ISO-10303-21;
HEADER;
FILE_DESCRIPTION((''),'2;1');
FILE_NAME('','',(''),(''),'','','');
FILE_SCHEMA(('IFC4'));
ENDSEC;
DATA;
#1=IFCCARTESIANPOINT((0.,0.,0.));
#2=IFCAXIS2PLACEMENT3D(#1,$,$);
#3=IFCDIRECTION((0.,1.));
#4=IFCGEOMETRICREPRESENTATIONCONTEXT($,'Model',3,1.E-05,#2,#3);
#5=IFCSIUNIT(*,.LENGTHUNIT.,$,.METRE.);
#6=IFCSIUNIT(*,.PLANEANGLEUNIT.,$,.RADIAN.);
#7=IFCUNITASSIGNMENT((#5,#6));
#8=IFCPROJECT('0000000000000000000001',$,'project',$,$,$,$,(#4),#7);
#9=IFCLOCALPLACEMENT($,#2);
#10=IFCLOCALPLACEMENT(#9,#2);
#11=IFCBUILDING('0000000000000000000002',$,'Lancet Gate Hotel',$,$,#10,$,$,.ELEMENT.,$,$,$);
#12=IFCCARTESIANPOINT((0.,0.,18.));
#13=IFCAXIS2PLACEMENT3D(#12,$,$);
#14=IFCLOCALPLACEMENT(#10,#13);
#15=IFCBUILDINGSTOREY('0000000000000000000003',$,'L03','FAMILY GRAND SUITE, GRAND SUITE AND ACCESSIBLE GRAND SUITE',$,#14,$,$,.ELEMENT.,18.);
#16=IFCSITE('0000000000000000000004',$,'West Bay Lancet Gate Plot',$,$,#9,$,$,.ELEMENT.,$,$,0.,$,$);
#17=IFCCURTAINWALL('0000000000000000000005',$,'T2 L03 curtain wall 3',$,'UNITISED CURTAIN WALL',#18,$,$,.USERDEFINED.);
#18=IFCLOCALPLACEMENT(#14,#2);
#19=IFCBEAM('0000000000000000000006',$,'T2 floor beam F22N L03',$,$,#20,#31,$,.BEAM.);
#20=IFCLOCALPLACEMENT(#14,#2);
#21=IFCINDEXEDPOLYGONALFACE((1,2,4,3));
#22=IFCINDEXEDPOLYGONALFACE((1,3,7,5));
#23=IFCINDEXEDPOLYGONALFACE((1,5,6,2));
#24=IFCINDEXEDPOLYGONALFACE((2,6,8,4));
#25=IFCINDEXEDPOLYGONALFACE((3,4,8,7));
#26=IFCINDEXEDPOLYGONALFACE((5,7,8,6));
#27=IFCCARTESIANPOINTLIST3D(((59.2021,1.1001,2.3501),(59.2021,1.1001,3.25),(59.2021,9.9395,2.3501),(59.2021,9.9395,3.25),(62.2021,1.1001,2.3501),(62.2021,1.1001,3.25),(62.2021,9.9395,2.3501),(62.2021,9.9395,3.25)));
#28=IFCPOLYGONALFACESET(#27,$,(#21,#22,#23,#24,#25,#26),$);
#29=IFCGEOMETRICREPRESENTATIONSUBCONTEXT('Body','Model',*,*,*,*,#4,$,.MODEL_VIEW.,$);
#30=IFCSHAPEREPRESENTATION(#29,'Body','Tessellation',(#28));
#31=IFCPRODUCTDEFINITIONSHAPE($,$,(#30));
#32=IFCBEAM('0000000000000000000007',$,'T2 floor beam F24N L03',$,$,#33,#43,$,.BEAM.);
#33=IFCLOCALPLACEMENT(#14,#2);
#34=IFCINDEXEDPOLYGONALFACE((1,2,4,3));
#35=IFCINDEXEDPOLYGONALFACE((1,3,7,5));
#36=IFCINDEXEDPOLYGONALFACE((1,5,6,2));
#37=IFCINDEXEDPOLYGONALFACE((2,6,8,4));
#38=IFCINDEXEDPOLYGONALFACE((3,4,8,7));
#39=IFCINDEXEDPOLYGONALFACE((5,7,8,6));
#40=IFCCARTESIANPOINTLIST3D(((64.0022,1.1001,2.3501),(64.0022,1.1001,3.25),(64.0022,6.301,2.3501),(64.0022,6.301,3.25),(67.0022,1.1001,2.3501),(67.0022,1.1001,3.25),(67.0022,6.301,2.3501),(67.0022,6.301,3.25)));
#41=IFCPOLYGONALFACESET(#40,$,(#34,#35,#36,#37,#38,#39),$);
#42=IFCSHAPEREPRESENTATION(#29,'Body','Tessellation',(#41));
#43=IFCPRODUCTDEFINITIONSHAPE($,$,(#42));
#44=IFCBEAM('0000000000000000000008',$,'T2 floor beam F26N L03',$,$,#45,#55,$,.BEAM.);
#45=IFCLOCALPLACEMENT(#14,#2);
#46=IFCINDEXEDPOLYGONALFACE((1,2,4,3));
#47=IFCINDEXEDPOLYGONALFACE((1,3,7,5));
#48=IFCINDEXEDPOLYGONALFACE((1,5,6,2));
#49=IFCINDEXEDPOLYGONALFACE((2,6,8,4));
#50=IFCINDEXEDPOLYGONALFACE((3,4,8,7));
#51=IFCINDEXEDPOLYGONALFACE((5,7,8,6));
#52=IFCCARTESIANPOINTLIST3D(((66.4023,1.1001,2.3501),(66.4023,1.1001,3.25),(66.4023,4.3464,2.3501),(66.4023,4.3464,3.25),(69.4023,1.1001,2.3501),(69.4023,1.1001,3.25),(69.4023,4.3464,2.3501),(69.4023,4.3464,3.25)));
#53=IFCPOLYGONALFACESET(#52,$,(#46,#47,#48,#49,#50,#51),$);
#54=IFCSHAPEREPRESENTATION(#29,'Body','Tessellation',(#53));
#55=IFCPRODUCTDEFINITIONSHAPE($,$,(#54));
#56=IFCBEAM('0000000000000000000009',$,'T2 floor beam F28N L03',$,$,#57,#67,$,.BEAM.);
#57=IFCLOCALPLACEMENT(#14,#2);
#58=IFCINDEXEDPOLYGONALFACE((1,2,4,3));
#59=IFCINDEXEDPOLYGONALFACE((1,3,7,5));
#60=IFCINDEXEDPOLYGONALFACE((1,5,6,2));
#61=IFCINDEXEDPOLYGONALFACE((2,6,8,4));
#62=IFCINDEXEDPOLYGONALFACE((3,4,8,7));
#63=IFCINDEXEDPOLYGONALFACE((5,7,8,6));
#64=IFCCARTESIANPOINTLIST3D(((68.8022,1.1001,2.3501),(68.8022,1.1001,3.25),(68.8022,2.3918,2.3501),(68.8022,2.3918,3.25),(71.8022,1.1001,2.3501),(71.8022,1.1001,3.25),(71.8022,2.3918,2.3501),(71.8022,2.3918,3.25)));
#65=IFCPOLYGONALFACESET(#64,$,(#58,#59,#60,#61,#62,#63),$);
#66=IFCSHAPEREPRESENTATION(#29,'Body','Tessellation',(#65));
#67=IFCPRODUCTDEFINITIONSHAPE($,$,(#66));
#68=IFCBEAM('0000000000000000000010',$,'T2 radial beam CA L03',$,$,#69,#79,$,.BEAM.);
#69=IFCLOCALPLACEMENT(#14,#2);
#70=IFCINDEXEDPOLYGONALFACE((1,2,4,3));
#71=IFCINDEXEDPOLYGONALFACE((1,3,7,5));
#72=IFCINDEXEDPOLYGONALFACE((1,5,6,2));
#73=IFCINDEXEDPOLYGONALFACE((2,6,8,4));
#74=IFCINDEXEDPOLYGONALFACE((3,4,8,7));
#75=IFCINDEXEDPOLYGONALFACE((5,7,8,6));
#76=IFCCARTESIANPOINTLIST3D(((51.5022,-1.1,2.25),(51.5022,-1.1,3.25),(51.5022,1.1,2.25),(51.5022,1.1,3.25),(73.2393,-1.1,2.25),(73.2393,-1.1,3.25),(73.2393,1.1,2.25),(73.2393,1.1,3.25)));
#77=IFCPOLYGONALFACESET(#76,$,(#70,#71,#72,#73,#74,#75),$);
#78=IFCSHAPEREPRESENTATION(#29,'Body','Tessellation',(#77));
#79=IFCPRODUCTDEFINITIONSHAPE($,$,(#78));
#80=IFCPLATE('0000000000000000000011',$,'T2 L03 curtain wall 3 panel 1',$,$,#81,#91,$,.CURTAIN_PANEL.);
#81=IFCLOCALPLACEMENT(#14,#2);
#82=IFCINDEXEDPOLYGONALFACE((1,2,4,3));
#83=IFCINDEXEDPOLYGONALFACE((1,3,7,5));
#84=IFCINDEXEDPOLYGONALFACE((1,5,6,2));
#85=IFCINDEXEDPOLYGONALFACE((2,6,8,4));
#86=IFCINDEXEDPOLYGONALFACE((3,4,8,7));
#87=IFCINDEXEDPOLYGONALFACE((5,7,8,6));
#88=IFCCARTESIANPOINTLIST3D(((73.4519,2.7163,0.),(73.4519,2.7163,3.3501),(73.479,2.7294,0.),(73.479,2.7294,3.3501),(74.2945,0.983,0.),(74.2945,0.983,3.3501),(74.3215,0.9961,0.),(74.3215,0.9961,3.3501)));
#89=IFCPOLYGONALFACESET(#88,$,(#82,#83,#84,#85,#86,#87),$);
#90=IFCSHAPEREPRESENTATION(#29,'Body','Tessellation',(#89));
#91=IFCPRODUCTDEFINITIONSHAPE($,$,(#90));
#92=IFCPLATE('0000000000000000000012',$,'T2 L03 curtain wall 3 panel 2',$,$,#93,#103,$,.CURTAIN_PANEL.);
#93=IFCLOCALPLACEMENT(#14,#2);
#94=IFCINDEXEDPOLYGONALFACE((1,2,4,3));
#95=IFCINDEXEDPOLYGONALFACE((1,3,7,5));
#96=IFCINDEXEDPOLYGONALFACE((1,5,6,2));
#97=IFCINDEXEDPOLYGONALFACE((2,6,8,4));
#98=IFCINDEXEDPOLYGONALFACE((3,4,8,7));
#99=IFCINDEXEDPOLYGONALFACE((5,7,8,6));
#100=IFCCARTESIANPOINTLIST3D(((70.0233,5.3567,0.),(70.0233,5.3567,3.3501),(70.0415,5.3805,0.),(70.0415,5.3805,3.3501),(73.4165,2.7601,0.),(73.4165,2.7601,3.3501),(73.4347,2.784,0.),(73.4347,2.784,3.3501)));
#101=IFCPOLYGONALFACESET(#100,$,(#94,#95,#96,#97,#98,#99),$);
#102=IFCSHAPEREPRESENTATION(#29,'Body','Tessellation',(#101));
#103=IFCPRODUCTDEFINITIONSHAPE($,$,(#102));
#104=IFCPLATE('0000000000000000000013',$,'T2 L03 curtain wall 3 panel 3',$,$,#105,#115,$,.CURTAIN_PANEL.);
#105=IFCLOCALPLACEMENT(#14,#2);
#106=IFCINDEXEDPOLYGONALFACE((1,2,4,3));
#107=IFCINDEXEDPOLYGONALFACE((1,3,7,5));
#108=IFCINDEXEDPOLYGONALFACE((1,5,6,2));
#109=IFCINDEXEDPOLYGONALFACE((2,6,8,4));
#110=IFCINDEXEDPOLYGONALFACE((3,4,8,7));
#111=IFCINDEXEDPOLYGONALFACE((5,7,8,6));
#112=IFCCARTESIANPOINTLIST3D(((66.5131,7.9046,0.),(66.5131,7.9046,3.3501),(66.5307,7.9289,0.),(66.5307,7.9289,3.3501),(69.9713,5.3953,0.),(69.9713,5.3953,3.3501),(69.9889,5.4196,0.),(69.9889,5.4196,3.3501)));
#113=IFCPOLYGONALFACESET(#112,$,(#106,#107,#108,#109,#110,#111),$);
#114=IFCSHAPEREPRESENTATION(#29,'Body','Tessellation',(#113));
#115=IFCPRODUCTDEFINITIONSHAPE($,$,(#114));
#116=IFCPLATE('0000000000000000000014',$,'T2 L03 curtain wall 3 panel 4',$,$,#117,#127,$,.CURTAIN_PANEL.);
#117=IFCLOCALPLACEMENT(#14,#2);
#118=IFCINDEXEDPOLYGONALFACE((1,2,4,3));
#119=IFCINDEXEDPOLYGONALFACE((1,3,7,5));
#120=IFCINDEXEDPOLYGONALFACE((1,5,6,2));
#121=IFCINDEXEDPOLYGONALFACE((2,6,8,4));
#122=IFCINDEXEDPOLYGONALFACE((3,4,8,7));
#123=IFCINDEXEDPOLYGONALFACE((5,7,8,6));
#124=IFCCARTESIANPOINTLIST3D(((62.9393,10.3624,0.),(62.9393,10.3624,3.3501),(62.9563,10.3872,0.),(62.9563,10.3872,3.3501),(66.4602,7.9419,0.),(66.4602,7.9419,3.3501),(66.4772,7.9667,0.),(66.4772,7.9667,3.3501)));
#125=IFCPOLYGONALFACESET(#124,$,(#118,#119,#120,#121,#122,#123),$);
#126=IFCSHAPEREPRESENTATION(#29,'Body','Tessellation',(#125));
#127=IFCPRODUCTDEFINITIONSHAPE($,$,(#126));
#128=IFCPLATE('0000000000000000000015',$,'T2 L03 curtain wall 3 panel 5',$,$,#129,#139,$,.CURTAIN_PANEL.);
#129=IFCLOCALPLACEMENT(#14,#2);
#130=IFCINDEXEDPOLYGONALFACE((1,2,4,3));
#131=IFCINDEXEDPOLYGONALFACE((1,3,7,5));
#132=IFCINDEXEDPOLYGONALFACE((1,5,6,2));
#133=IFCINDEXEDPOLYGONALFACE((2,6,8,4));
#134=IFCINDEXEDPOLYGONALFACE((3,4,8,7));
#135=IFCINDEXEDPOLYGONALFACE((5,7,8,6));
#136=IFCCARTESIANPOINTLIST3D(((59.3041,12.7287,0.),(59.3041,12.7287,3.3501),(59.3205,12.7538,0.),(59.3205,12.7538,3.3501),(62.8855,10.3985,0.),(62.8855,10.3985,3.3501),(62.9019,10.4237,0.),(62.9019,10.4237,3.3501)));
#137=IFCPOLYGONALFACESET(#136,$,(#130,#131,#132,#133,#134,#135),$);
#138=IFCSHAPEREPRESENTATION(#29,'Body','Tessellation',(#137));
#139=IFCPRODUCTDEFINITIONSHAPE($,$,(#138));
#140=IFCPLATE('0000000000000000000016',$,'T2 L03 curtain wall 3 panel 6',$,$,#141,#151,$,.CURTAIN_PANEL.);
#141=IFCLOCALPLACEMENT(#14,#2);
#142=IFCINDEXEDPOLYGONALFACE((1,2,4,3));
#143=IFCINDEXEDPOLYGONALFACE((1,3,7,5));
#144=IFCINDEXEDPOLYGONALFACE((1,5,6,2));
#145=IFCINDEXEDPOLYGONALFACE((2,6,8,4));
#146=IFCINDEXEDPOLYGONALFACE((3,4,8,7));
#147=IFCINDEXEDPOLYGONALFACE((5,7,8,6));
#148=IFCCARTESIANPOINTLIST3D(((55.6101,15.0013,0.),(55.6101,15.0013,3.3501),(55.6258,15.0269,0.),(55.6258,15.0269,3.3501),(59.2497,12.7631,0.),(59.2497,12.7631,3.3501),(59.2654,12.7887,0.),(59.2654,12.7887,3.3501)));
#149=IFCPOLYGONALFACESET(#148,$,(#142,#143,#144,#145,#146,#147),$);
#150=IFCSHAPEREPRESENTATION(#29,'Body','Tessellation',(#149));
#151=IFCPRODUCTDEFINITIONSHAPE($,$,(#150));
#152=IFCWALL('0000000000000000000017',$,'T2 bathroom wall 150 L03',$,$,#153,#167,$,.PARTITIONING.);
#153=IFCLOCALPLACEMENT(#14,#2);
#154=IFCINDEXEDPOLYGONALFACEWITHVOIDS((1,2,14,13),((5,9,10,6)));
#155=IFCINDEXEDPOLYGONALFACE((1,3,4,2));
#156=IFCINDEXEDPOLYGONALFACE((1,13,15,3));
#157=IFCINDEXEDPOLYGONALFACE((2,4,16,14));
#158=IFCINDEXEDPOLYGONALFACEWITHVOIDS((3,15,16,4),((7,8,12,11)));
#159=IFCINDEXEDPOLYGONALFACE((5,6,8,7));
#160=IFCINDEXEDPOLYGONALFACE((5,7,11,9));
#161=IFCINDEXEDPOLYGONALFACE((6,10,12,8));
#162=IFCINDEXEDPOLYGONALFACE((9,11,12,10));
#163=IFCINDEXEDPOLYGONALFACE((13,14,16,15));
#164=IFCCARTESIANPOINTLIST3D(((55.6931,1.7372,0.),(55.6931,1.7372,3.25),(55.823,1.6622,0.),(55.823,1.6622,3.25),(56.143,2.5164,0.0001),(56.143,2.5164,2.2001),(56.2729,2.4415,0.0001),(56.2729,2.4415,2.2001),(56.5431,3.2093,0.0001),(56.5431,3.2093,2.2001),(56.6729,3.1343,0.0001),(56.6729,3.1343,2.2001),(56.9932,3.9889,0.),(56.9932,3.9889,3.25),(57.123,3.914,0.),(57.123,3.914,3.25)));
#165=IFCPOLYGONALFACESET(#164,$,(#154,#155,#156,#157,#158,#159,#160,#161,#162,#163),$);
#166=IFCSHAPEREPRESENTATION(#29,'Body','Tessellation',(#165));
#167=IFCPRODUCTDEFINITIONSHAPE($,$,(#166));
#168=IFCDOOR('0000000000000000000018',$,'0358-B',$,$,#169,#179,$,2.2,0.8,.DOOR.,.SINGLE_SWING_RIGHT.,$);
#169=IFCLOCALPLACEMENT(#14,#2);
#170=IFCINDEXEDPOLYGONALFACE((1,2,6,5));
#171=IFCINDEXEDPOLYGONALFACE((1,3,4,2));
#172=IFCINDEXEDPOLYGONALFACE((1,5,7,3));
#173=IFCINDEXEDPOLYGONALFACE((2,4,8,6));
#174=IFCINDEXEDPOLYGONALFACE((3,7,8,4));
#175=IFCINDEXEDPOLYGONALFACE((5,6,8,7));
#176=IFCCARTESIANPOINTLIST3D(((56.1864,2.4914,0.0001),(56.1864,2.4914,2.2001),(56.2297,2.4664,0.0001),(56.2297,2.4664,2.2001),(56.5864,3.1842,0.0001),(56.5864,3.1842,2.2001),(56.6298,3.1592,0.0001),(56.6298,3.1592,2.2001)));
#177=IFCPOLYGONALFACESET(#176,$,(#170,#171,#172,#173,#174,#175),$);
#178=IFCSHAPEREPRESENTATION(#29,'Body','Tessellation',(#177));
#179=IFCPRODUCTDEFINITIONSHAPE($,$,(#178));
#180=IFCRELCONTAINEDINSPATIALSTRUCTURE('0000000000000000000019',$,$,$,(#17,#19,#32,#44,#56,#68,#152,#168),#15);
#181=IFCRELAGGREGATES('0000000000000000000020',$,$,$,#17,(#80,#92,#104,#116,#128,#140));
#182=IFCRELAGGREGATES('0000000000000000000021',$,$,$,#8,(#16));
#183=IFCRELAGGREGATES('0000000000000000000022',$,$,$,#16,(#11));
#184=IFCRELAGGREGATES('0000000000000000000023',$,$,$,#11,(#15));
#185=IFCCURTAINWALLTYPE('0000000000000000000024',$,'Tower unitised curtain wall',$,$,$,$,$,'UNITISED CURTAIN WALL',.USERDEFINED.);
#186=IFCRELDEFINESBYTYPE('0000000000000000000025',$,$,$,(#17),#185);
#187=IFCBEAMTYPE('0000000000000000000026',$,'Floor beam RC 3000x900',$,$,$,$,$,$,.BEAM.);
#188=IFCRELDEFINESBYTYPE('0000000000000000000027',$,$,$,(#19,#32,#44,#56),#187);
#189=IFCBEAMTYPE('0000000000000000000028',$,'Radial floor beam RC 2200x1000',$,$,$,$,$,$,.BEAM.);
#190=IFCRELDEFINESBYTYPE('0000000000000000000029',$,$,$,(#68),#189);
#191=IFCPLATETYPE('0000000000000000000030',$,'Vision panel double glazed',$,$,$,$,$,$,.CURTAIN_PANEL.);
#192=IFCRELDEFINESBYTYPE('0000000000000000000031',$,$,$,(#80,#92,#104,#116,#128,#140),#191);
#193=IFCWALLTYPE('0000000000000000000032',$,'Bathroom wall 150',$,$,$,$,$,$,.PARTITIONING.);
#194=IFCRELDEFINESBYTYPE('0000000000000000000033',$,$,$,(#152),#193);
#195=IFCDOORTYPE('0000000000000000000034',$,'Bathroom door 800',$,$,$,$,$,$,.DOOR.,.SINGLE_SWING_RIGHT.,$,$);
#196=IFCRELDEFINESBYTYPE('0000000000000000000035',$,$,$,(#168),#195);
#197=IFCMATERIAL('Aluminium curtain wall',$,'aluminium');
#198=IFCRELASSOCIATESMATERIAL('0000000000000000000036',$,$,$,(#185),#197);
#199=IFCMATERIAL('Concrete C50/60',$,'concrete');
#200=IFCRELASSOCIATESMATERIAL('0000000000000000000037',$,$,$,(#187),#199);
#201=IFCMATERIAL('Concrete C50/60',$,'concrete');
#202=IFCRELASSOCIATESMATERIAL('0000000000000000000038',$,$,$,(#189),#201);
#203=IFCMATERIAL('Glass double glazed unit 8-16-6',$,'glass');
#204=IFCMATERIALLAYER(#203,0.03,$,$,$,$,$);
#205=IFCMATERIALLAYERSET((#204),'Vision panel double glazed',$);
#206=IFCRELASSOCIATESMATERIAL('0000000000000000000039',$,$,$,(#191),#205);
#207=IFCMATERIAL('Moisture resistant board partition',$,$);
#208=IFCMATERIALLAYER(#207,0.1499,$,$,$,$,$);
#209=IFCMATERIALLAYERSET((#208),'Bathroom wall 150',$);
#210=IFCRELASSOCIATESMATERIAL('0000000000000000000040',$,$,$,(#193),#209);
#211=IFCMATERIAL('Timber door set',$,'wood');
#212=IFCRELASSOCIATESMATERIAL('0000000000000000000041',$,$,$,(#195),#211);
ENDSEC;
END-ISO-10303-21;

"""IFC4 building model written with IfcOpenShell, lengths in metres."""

from ifc_helpers import new_model, si_unit, direction, frame, frame_2d, origin, origin_2d, place, context, subcontext, project, spatial, rectangle, extrude, material, layer, layer_set, material_profile, profile_set, type_object, element, fill, aggregate, save


model = new_model("IFC4")

# Units and contexts
model_context = context("Model", 3, precision=1e-05, world=origin(), true_north=direction((0.0, 1.0)))
body_context = subcontext(model_context, "Body", "Model", "MODEL_VIEW")
ifc_project = project(units=[si_unit("LENGTHUNIT", "METRE"), si_unit("PLANEANGLEUNIT", "RADIAN")], contexts=[model_context])

# Site, building, storey
site_placement = place(None, origin())
site = spatial("IfcSite", under=ifc_project, at=site_placement, Name="West Bay Lancet Gate Plot", CompositionType="ELEMENT", RefElevation=0.0)
building_placement = place(site_placement, origin())
building = spatial("IfcBuilding", under=site, at=building_placement, Name="Lancet Gate Hotel", CompositionType="ELEMENT")
storey_placement = place(building_placement, frame((0.0, 0.0, 18.0)))
storey = spatial("IfcBuildingStorey", under=building, at=storey_placement, Name="L03", Description="FAMILY GRAND SUITE, GRAND SUITE AND ACCESSIBLE GRAND SUITE", CompositionType="ELEMENT", Elevation=18.0)

# Shared definitions
ifc_material_1 = material(Name="Aluminium curtain wall", Category="aluminium")
curtain_wall_type = type_object("IfcCurtainWallType", Name="Tower unitised curtain wall", ElementType="UNITISED CURTAIN WALL", PredefinedType="USERDEFINED", material=ifc_material_1)

# Curtain wall
curtain_wall_1_placement = place(storey_placement, origin())
curtain_wall_1 = element("IfcCurtainWall", 1, at=curtain_wall_1_placement, inside=storey, type_object=curtain_wall_type, Name="T2 L03 curtain wall 3", ObjectType="UNITISED CURTAIN WALL", PredefinedType="USERDEFINED")

# Beams
ifc_material_2 = material(Name="Concrete C50/60", Category="concrete")
ifc_material_profile_1 = material_profile(ifc_material_2, rectangle(XDim=3.0, YDim=0.8999, at=origin_2d()), Name="RC 3000x900")
ifc_profile_set_1 = profile_set([ifc_material_profile_1], Name="Concrete C50/60")
beam_type_1 = type_object("IfcBeamType", Name="Floor beam RC 3000x900", PredefinedType="BEAM", material=ifc_profile_set_1)
beam_1_placement = place(storey_placement, frame((60.7021, 1.1001, 2.8), z_axis=(0.0, 1.0, 0.0), x_axis=(-1.0, 0.0, 0.0)))
element("IfcBeam", 2, at=beam_1_placement, inside=storey, type_object=beam_type_1, Name="T2 floor beam F22N L03", PredefinedType="BEAM", context=body_context, shape_type="SweptSolid", body=[
    extrude(rectangle(XDim=3.0, YDim=0.8999, at=origin_2d()), origin(), (0.0, 0.0, 1.0), 8.8394),
])
beam_2_placement = place(storey_placement, frame((65.5022, 1.1001, 2.8), z_axis=(0.0, 1.0, 0.0), x_axis=(-1.0, 0.0, 0.0)))
element("IfcBeam", 3, at=beam_2_placement, inside=storey, type_object=beam_type_1, Name="T2 floor beam F24N L03", PredefinedType="BEAM", context=body_context, shape_type="SweptSolid", body=[
    extrude(rectangle(XDim=3.0, YDim=0.8999, at=origin_2d()), origin(), (0.0, 0.0, 1.0), 5.2009),
])
beam_3_placement = place(storey_placement, frame((67.9023, 1.1001, 2.8), z_axis=(0.0, 1.0, 0.0), x_axis=(-1.0, 0.0, 0.0)))
element("IfcBeam", 4, at=beam_3_placement, inside=storey, type_object=beam_type_1, Name="T2 floor beam F26N L03", PredefinedType="BEAM", context=body_context, shape_type="SweptSolid", body=[
    extrude(rectangle(XDim=3.0, YDim=0.8999, at=origin_2d()), origin(), (0.0, 0.0, 1.0), 3.2463),
])
beam_4_placement = place(storey_placement, frame((70.3022, 1.1001, 2.8), z_axis=(0.0, 1.0, 0.0), x_axis=(-1.0, 0.0, 0.0)))
element("IfcBeam", 5, at=beam_4_placement, inside=storey, type_object=beam_type_1, Name="T2 floor beam F28N L03", PredefinedType="BEAM", context=body_context, shape_type="SweptSolid", body=[
    extrude(rectangle(XDim=3.0, YDim=0.8999, at=origin_2d()), origin(), (0.0, 0.0, 1.0), 1.2917),
])
ifc_material_3 = material(Name="Concrete C50/60", Category="concrete")
ifc_material_profile_2 = material_profile(ifc_material_3, rectangle(XDim=2.2, YDim=1.0, at=origin_2d()), Name="RC 2200x1000")
ifc_profile_set_2 = profile_set([ifc_material_profile_2], Name="Concrete C50/60")
beam_type_2 = type_object("IfcBeamType", Name="Radial floor beam RC 2200x1000", PredefinedType="BEAM", material=ifc_profile_set_2)
beam_5_placement = place(storey_placement, frame((73.2393, 0.0, 2.75), z_axis=(-1.0, 0.0, 0.0), x_axis=(0.0, -1.0, 0.0)))
element("IfcBeam", 6, at=beam_5_placement, inside=storey, type_object=beam_type_2, Name="T2 radial beam CA L03", PredefinedType="BEAM", context=body_context, shape_type="SweptSolid", body=[
    extrude(rectangle(XDim=2.2, YDim=1.0, at=origin_2d()), origin(), (0.0, 0.0, 1.0), 21.7371),
])

# Plates
ifc_material_4 = material(Name="Glass double glazed unit 8-16-6", Category="glass")
ifc_layer_1 = layer(ifc_material_4, 0.03)
ifc_layer_set_1 = layer_set([ifc_layer_1], Name="Vision panel double glazed")
plate_type = type_object("IfcPlateType", Name="Vision panel double glazed", PredefinedType="CURTAIN_PANEL", material=ifc_layer_set_1)
plate_1_placement = place(storey_placement, frame((73.8867, 1.8562, 0.0), z_axis=(0.0, 0.0, 1.0), x_axis=(-0.437169, 0.899379, 0.0)))
plate_1 = element("IfcPlate", 7, at=plate_1_placement, type_object=plate_type, Name="T2 L03 curtain wall 3 panel 1", PredefinedType="CURTAIN_PANEL", context=body_context, shape_type="SweptSolid", body=[
    extrude(rectangle(XDim=1.9272, YDim=0.03, at=origin_2d()), origin(), (0.0, 0.0, 1.0), 3.3501),
])
plate_2_placement = place(storey_placement, frame((71.729, 4.0703, 0.0), z_axis=(0.0, 0.0, 1.0), x_axis=(-0.79416, 0.607709, 0.0)))
plate_2 = element("IfcPlate", 8, at=plate_2_placement, type_object=plate_type, Name="T2 L03 curtain wall 3 panel 2", PredefinedType="CURTAIN_PANEL", context=body_context, shape_type="SweptSolid", body=[
    extrude(rectangle(XDim=4.2727, YDim=0.03, at=origin_2d()), origin(), (0.0, 0.0, 1.0), 3.3501),
])
plate_3_placement = place(storey_placement, frame((68.251, 6.6621, 0.0), z_axis=(0.0, 0.0, 1.0), x_axis=(-0.80937, 0.587299, 0.0)))
plate_3 = element("IfcPlate", 9, at=plate_3_placement, type_object=plate_type, Name="T2 L03 curtain wall 3 panel 3", PredefinedType="CURTAIN_PANEL", context=body_context, shape_type="SweptSolid", body=[
    extrude(rectangle(XDim=4.2727, YDim=0.03, at=origin_2d()), origin(), (0.0, 0.0, 1.0), 3.3501),
])
plate_4_placement = place(storey_placement, frame((64.7083, 9.1646, 0.0), z_axis=(0.0, 0.0, 1.0), x_axis=(-0.824055, 0.566509, 0.0)))
plate_4 = element("IfcPlate", 10, at=plate_4_placement, type_object=plate_type, Name="T2 L03 curtain wall 3 panel 4", PredefinedType="CURTAIN_PANEL", context=body_context, shape_type="SweptSolid", body=[
    extrude(rectangle(XDim=4.2727, YDim=0.03, at=origin_2d()), origin(), (0.0, 0.0, 1.0), 3.3501),
])
plate_5_placement = place(storey_placement, frame((61.103, 11.5762, 0.0), z_axis=(0.0, 0.0, 1.0), x_axis=(-0.838207, 0.545353, 0.0)))
plate_5 = element("IfcPlate", 11, at=plate_5_placement, type_object=plate_type, Name="T2 L03 curtain wall 3 panel 5", PredefinedType="CURTAIN_PANEL", context=body_context, shape_type="SweptSolid", body=[
    extrude(rectangle(XDim=4.2727, YDim=0.03, at=origin_2d()), origin(), (0.0, 0.0, 1.0), 3.3501),
])
plate_6_placement = place(storey_placement, frame((57.4377, 13.895, 0.0), z_axis=(0.0, 0.0, 1.0), x_axis=(-0.851815, 0.523842, 0.0)))
plate_6 = element("IfcPlate", 12, at=plate_6_placement, type_object=plate_type, Name="T2 L03 curtain wall 3 panel 6", PredefinedType="CURTAIN_PANEL", context=body_context, shape_type="SweptSolid", body=[
    extrude(rectangle(XDim=4.2727, YDim=0.03, at=origin_2d()), origin(), (0.0, 0.0, 1.0), 3.3501),
])
aggregate(curtain_wall_1, [plate_1, plate_2, plate_3, plate_4, plate_5, plate_6])

# Wall, opening, door
ifc_material_5 = material(Name="Moisture resistant board partition")
ifc_layer_2 = layer(ifc_material_5, 0.1499)
ifc_layer_set_2 = layer_set([ifc_layer_2], Name="Bathroom wall 150")
wall_type_1 = type_object("IfcWallType", Name="Bathroom wall 150", PredefinedType="PARTITIONING", material=ifc_layer_set_2)
wall_1_placement = place(storey_placement, frame((55.7581, 1.6997, 0.0), z_axis=(0.0, 0.0, 1.0), x_axis=(0.500007, 0.866021, 0.0)))
wall_1 = element("IfcWall", 13, at=wall_1_placement, inside=storey, type_object=wall_type_1, Name="T2 bathroom wall 150 L03", PredefinedType="PARTITIONING", context=body_context, shape_type="SweptSolid", body=[
    extrude(rectangle(XDim=2.6001, YDim=0.1499, at=frame_2d((1.3, 0.0))), origin(), (0.0, 0.0, 1.0), 3.25),
])
opening_placement = place(wall_1_placement, frame((0.8999, 0.0, 0.0)))
opening = element("IfcOpeningElement", 14, at=opening_placement, cuts=wall_1, PredefinedType="OPENING", context=body_context, shape_type="SweptSolid", body=[
    extrude(rectangle(XDim=0.8, YDim=2.2, at=frame_2d((0.3999, 1.1001))), frame((0.0, 0.085, 0.0), z_axis=(0.0, -1.0, 0.0), x_axis=(1.0, 0.0, 0.0)), (0.0, 0.0, 1.0), 0.1699),
])
ifc_material_6 = material(Name="Timber door set", Category="wood")
door_type = type_object("IfcDoorType", Name="Bathroom door 800", OperationType="SINGLE_SWING_RIGHT", PredefinedType="DOOR", material=ifc_material_6)
door_placement = place(opening_placement, origin())
door = element("IfcDoor", 15, at=door_placement, inside=storey, type_object=door_type, Name="0358-B", OperationType="SINGLE_SWING_RIGHT", OverallHeight=2.2, OverallWidth=0.8, PredefinedType="DOOR", context=body_context, shape_type="SweptSolid", body=[
    extrude(rectangle(XDim=0.8, YDim=2.2, at=frame_2d((0.3999, 1.1001))), frame((0.0, 0.0249, 0.0), z_axis=(0.0, -1.0, 0.0), x_axis=(1.0, 0.0, 0.0)), (0.0, 0.0, 1.0), 0.05),
])
fill(opening, door)

save(model, "model.ifc")
